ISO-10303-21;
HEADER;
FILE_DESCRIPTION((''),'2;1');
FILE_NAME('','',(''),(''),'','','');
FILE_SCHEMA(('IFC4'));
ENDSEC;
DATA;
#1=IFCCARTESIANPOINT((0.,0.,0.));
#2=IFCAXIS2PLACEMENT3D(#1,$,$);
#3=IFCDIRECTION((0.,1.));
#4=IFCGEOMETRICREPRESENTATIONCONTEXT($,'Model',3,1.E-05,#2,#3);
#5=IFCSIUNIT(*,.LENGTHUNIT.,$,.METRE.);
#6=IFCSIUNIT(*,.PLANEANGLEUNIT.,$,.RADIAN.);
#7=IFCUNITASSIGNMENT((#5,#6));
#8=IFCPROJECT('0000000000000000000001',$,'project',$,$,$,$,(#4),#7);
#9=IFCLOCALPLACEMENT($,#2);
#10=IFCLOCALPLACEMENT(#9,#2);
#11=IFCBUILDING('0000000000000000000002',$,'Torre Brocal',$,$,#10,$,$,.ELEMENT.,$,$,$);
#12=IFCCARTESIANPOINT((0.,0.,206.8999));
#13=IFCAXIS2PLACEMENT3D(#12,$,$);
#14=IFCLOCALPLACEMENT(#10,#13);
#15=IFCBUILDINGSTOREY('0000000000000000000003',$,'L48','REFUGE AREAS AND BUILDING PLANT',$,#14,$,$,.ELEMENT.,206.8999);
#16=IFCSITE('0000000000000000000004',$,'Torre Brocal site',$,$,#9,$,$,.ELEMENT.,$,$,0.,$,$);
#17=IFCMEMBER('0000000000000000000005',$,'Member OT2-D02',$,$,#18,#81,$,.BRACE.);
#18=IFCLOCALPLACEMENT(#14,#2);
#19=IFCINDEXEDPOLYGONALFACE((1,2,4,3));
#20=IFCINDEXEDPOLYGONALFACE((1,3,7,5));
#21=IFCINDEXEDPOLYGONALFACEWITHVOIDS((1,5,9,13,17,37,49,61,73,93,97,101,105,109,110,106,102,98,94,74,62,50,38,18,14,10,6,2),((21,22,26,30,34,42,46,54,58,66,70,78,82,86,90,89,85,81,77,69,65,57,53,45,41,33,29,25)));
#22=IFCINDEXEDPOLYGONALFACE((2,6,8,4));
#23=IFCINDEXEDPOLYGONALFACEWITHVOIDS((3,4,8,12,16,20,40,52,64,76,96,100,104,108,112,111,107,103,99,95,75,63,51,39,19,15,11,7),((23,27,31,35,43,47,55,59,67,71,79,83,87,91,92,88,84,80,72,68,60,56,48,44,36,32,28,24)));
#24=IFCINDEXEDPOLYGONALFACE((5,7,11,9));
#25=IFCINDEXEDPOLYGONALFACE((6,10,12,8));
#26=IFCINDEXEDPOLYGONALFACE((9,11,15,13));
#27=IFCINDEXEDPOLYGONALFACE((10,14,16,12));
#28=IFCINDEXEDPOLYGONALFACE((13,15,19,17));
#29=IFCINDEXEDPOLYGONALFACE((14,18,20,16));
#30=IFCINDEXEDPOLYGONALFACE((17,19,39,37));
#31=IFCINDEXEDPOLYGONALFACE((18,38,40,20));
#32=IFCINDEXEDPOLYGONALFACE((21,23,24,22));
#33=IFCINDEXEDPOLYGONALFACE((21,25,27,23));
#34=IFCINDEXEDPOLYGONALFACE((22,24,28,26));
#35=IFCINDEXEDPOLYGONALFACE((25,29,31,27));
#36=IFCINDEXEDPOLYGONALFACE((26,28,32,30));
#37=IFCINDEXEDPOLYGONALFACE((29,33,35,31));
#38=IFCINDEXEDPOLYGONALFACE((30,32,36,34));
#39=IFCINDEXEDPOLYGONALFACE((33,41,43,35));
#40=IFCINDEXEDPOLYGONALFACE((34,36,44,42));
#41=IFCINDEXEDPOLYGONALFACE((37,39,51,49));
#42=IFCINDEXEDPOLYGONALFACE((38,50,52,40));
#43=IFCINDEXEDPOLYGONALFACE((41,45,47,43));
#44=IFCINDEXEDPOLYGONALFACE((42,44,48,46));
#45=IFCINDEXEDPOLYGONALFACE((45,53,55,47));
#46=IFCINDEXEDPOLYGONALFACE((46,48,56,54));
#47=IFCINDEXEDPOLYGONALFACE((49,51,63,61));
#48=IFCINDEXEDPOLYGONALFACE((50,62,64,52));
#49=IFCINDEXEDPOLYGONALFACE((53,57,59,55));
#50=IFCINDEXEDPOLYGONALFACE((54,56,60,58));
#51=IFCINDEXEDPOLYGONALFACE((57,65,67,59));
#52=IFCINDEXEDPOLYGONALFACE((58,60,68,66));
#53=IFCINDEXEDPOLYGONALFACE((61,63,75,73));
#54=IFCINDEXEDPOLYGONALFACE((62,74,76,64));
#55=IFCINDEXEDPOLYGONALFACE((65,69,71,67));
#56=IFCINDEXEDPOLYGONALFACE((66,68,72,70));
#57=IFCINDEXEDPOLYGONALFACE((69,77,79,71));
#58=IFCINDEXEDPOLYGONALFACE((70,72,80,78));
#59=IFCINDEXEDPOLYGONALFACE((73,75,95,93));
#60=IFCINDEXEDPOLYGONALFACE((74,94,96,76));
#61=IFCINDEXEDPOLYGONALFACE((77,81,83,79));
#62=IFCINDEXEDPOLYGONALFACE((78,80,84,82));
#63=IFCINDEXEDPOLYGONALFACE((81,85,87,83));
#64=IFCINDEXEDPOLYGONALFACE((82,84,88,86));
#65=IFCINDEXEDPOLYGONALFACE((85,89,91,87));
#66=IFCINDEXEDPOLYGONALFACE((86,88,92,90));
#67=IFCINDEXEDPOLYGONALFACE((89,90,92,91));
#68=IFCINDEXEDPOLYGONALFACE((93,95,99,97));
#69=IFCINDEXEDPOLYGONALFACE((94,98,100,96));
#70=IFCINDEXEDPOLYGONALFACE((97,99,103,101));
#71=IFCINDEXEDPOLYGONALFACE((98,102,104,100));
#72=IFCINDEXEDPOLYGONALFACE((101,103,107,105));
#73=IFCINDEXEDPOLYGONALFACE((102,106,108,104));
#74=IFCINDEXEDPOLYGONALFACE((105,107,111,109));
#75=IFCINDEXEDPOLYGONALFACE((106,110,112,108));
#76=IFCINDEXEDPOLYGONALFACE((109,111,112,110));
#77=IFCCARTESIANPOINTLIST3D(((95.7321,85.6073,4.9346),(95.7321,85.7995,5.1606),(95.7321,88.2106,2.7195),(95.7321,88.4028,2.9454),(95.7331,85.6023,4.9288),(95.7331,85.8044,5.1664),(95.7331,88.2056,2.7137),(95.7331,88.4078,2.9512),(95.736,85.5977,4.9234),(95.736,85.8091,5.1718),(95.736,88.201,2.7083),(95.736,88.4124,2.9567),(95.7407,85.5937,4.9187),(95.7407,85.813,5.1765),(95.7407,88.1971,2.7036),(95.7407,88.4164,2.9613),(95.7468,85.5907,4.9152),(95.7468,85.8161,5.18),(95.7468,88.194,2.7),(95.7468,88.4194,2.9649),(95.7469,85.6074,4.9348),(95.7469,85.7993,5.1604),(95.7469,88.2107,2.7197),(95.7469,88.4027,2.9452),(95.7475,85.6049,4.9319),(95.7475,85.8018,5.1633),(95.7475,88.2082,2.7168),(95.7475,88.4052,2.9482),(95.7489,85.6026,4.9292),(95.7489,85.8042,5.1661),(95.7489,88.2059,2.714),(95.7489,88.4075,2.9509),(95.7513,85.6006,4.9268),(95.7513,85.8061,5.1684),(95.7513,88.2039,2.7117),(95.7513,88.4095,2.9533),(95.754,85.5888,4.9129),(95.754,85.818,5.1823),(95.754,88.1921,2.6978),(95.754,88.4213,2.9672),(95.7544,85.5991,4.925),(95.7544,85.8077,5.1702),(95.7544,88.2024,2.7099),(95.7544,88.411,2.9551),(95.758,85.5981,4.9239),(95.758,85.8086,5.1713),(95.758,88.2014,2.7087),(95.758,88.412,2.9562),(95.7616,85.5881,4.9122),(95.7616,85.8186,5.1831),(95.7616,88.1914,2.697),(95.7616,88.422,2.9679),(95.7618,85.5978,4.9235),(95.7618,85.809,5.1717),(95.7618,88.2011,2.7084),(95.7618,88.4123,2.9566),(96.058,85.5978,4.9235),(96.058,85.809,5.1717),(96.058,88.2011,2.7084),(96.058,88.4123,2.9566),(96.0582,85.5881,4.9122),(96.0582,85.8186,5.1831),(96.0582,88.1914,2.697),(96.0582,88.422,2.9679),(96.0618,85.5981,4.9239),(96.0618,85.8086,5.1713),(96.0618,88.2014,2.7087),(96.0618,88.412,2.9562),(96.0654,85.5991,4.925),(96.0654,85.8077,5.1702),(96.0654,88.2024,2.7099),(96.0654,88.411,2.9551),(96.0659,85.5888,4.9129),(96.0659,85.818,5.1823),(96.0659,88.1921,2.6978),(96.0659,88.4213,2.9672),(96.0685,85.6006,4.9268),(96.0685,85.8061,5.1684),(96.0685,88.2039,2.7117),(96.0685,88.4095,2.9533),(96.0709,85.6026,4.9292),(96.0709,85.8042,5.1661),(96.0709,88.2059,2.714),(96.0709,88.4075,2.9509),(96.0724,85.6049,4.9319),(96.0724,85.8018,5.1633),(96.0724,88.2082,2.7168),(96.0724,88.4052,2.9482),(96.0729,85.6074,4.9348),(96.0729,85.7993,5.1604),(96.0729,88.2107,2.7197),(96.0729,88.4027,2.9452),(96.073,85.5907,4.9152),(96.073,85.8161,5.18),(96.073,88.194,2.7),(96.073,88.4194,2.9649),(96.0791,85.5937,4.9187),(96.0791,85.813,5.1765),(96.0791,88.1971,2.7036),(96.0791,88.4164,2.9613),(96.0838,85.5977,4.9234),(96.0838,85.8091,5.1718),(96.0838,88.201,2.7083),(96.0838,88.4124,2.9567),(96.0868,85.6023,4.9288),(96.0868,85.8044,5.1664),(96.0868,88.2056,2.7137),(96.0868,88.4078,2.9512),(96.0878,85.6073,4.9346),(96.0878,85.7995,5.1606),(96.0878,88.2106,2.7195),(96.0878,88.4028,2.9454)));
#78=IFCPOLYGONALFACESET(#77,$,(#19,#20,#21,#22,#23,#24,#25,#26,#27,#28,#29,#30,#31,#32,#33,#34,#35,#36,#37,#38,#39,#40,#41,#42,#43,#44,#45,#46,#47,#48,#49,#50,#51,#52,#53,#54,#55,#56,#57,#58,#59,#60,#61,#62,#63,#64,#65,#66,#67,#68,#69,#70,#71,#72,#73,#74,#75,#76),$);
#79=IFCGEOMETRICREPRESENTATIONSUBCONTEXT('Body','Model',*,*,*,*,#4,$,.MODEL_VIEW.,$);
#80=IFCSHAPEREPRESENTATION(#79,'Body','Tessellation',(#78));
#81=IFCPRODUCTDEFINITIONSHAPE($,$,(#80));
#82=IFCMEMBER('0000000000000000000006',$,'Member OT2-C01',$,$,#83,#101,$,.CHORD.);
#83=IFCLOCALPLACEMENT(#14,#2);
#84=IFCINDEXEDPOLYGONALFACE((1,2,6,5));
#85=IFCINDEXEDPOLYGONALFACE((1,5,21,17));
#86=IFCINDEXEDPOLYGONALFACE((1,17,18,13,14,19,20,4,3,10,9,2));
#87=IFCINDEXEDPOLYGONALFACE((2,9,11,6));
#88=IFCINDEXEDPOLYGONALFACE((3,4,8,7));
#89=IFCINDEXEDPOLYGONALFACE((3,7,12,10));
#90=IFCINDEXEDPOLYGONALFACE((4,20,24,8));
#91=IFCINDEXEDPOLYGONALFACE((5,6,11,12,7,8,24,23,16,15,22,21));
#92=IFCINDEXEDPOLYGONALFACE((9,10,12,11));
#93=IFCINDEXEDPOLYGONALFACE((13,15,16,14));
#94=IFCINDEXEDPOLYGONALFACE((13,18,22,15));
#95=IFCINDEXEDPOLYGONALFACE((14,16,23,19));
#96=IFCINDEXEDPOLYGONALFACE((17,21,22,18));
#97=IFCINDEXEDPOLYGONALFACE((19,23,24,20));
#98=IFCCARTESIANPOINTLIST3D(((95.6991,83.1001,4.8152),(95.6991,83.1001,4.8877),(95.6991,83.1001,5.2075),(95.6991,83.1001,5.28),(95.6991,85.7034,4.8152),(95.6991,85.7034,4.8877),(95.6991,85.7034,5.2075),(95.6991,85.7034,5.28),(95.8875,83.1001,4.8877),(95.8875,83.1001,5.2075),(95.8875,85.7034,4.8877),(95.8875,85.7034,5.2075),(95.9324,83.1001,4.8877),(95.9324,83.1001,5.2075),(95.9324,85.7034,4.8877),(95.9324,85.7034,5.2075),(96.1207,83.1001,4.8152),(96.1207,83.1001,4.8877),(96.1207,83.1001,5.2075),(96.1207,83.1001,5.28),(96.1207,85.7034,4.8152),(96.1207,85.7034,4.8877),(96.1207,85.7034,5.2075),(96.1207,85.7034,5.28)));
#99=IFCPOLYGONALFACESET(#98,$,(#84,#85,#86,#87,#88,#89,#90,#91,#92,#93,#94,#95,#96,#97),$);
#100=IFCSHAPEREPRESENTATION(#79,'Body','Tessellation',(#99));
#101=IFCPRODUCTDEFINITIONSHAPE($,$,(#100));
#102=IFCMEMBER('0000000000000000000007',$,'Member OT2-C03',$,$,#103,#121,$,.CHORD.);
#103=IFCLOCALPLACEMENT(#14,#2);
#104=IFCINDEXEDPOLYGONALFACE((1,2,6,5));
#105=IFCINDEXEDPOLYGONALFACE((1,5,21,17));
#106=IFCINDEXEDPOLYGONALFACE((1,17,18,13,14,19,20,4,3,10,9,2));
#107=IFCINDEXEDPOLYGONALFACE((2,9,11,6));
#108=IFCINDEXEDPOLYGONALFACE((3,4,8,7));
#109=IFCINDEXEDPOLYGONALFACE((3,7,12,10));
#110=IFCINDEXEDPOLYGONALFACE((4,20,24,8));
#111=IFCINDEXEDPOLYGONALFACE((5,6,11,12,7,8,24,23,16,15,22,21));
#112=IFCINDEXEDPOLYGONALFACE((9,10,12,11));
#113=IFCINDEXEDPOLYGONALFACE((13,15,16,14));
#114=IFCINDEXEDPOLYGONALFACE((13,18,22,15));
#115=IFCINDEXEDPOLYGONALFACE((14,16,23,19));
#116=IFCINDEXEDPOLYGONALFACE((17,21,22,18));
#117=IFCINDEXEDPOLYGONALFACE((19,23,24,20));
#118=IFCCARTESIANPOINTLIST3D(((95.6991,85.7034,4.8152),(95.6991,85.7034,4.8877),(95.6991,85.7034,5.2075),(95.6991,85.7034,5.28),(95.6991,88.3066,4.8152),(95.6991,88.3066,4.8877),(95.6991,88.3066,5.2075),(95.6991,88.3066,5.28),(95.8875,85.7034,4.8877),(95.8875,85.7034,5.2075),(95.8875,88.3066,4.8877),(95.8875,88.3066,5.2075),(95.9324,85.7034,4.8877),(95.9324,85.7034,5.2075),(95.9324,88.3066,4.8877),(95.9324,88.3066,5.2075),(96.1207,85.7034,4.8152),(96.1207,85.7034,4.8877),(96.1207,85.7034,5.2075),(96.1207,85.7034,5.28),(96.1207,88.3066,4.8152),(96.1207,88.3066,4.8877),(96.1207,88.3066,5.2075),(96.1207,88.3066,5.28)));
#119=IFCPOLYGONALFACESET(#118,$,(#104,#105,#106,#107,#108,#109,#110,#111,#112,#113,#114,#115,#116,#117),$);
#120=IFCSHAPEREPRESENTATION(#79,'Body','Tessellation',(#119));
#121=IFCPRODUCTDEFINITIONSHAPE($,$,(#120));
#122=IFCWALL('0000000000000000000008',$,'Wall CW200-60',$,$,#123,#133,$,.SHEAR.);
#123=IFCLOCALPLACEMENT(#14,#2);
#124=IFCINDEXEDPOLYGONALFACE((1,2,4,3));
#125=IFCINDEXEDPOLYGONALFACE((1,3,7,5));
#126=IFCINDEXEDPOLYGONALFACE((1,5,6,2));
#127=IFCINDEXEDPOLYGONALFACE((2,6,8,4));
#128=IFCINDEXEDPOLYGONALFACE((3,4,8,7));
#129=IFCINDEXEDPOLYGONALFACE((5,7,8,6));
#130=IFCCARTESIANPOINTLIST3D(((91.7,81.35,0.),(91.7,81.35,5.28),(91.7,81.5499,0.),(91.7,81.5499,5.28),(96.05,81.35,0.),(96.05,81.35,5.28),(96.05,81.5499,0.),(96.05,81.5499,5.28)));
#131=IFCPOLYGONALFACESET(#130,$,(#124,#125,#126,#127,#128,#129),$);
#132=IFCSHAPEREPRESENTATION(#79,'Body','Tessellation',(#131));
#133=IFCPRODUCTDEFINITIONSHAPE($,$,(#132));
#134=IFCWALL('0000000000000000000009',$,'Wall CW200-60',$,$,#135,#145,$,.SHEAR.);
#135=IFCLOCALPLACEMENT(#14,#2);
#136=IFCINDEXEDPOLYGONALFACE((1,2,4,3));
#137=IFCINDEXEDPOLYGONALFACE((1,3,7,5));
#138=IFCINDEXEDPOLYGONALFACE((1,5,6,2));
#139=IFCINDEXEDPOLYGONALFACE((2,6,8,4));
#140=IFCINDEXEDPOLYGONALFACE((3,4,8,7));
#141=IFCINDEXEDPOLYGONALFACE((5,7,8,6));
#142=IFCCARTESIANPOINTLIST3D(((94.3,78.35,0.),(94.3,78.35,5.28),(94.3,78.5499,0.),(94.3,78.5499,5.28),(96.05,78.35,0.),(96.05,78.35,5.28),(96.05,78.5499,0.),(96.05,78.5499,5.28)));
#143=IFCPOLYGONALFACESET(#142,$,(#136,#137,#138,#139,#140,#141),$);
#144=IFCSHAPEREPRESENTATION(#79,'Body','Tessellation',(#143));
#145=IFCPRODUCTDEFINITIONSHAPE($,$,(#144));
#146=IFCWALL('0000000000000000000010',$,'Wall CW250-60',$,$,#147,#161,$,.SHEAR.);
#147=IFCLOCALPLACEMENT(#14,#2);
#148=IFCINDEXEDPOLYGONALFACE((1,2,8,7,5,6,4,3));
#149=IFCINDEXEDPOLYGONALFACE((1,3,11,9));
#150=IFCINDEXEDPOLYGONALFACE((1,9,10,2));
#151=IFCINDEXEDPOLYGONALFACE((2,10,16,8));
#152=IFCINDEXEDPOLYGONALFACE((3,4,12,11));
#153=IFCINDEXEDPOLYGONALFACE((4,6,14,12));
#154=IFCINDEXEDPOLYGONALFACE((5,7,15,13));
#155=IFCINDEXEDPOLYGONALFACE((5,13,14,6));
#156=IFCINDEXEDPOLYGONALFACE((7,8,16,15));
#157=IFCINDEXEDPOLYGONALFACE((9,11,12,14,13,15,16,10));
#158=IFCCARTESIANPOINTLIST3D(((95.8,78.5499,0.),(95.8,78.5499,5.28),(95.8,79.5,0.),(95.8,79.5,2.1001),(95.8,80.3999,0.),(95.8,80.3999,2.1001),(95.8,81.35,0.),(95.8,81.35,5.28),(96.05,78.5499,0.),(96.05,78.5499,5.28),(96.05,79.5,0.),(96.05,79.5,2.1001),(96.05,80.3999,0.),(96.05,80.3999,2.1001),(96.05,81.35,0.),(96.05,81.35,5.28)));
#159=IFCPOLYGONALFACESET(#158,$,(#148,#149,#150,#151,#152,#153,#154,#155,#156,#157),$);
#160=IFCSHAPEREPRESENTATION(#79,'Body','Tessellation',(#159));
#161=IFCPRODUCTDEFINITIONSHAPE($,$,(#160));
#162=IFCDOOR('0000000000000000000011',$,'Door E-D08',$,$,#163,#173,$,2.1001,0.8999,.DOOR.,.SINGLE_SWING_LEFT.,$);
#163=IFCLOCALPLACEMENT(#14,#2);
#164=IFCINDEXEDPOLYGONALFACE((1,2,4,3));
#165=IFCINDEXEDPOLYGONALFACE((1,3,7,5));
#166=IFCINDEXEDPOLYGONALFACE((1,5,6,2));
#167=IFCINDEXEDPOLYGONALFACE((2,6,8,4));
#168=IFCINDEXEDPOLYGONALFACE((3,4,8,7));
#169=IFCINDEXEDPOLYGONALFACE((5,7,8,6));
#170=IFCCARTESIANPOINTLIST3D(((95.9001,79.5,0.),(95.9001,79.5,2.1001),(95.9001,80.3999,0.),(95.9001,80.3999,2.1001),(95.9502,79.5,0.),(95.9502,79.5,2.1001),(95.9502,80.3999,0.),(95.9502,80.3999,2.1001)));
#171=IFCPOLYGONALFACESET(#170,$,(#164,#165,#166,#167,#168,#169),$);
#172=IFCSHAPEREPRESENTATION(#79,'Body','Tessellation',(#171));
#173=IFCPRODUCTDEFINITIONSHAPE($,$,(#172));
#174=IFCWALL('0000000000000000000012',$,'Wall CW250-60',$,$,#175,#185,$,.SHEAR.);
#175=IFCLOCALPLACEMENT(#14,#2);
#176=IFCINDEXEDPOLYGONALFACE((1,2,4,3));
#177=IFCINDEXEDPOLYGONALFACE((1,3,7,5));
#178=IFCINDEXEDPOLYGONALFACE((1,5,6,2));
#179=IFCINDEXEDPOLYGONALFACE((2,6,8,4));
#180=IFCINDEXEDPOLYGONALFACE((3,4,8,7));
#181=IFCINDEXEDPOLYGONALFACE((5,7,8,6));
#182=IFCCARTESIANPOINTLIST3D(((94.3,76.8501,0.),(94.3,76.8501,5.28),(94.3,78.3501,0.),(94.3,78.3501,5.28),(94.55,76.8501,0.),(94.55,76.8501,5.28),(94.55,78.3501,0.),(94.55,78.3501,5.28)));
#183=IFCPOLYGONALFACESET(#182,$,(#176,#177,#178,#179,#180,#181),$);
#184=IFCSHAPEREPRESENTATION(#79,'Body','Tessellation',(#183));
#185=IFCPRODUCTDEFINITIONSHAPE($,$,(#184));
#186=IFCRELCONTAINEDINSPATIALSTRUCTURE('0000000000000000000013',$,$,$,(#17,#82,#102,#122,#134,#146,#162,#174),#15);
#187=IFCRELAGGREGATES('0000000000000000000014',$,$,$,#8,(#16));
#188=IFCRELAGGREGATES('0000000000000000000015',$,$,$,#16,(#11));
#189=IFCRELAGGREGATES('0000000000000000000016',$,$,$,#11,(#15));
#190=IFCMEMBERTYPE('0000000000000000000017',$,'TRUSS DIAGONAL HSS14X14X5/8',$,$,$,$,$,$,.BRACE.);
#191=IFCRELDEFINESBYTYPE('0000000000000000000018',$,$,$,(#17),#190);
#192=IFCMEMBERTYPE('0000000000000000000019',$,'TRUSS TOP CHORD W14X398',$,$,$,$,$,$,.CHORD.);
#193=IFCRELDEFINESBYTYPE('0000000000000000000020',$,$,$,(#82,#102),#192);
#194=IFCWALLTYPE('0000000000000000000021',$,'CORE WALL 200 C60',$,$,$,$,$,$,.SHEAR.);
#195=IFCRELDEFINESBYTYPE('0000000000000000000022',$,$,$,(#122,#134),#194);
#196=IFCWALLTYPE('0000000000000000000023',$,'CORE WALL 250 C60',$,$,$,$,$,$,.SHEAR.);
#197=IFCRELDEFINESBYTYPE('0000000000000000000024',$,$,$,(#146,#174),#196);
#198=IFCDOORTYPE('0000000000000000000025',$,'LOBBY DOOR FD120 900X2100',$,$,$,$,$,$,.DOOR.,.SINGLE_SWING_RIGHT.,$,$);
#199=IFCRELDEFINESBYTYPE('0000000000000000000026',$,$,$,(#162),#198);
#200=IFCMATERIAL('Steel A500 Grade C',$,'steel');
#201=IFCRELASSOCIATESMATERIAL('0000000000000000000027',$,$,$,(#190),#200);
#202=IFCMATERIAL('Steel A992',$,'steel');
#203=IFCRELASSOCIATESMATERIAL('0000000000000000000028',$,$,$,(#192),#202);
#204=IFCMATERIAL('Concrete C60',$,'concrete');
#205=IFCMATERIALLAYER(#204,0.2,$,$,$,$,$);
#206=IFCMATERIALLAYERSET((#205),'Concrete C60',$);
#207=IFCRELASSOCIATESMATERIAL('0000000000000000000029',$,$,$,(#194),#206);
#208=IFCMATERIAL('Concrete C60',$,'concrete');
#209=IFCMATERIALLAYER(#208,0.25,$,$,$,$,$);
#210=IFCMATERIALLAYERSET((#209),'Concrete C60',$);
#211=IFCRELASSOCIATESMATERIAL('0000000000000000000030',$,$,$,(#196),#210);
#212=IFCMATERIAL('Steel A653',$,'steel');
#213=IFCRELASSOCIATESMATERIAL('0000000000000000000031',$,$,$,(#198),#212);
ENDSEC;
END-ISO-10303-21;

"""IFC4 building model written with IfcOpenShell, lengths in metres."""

from ifc_helpers import new_model, si_unit, direction, frame, frame_2d, origin, origin_2d, place, context, subcontext, project, spatial, rectangle, hollow_rectangle, i_section, extrude, material, layer, layer_set, material_profile, profile_set, type_object, element, fill, save


model = new_model("IFC4")

# Units and contexts
model_context = context("Model", 3, precision=1e-05, world=origin(), true_north=direction((0.0, 1.0)))
body_context = subcontext(model_context, "Body", "Model", "MODEL_VIEW")
ifc_project = project(units=[si_unit("LENGTHUNIT", "METRE"), si_unit("PLANEANGLEUNIT", "RADIAN")], contexts=[model_context])

# Site, building, storey
site_placement = place(None, origin())
site = spatial("IfcSite", under=ifc_project, at=site_placement, Name="Torre Brocal site", CompositionType="ELEMENT", RefElevation=0.0)
building_placement = place(site_placement, origin())
building = spatial("IfcBuilding", under=site, at=building_placement, Name="Torre Brocal", CompositionType="ELEMENT")
storey_placement = place(building_placement, frame((0.0, 0.0, 206.8999)))
storey = spatial("IfcBuildingStorey", under=building, at=storey_placement, Name="L48", Description="REFUGE AREAS AND BUILDING PLANT", CompositionType="ELEMENT", Elevation=206.8999)

# Members
ifc_material_1 = material(Name="Steel A500 Grade C", Category="steel")
ifc_material_profile_1 = material_profile(ifc_material_1, hollow_rectangle(XDim=0.3557, YDim=0.3557, WallThickness=0.0149, InnerFilletRadius=0.0149, OuterFilletRadius=0.0295, at=origin_2d()), Name="HSS14X14X5/8")
ifc_profile_set_1 = profile_set([ifc_material_profile_1], Name="Steel A500 Grade C")
member_type_1 = type_object("IfcMemberType", Name="TRUSS DIAGONAL HSS14X14X5/8", PredefinedType="BRACE", material=ifc_profile_set_1)
for number, where, z_axis, x_axis, name in (
    (1, (95.9099, 85.7034, 5.0476), (0.0, 0.761606, -0.64804), (-1.0, 0.0, 0.0), "Member OT2-D02"),
):
    element("IfcMember", number, at=place(storey_placement, frame(where, z_axis=z_axis, x_axis=x_axis)), inside=storey, type_object=member_type_1, Name=name, PredefinedType="BRACE", context=body_context, shape_type="SweptSolid", body=[
        extrude(hollow_rectangle(XDim=0.3557, YDim=0.3557, WallThickness=0.0149, InnerFilletRadius=0.0149, OuterFilletRadius=0.0295, at=origin_2d()), origin(), (0.0, 0.0, 1.0), 3.4182),
    ])
ifc_material_2 = material(Name="Steel A992", Category="steel")
ifc_material_profile_2 = material_profile(ifc_material_2, i_section(OverallWidth=0.4216, OverallDepth=0.4648, WebThickness=0.0449, FlangeThickness=0.0725, at=origin_2d()), Name="W14X398")
ifc_profile_set_2 = profile_set([ifc_material_profile_2], Name="Steel A992")
member_type_2 = type_object("IfcMemberType", Name="TRUSS TOP CHORD W14X398", PredefinedType="CHORD", material=ifc_profile_set_2)
for number, where, z_axis, x_axis, name in (
    (2, (95.9099, 83.1001, 5.0476), (0.0, 1.0, 0.0), (-1.0, 0.0, 0.0), "Member OT2-C01"),
    (3, (95.9099, 85.7034, 5.0476), (0.0, 1.0, 0.0), (-1.0, 0.0, 0.0), "Member OT2-C03"),
):
    element("IfcMember", number, at=place(storey_placement, frame(where, z_axis=z_axis, x_axis=x_axis)), inside=storey, type_object=member_type_2, Name=name, PredefinedType="CHORD", context=body_context, shape_type="SweptSolid", body=[
        extrude(i_section(OverallWidth=0.4216, OverallDepth=0.4648, WebThickness=0.0449, FlangeThickness=0.0725, at=origin_2d()), origin(), (0.0, 0.0, 1.0), 2.6033),
    ])

# Walls
ifc_material_3 = material(Name="Concrete C60", Category="concrete")
ifc_layer_1 = layer(ifc_material_3, 0.2)
ifc_layer_set_1 = layer_set([ifc_layer_1], Name="Concrete C60")
wall_type_1 = type_object("IfcWallType", Name="CORE WALL 200 C60", PredefinedType="SHEAR", material=ifc_layer_set_1)
wall_1_placement = place(storey_placement, frame((91.7, 81.45, 0.0), z_axis=(0.0, 0.0, 1.0), x_axis=(1.0, 0.0, 0.0)))
element("IfcWall", 4, at=wall_1_placement, inside=storey, type_object=wall_type_1, Name="Wall CW200-60", PredefinedType="SHEAR", context=body_context, shape_type="SweptSolid", body=[
    extrude(rectangle(XDim=4.3501, YDim=0.2, at=frame_2d((2.175, 0.0))), origin(), (0.0, 0.0, 1.0), 5.28),
])
wall_2_placement = place(storey_placement, frame((94.3, 78.45, 0.0), z_axis=(0.0, 0.0, 1.0), x_axis=(1.0, 0.0, 0.0)))
element("IfcWall", 5, at=wall_2_placement, inside=storey, type_object=wall_type_1, Name="Wall CW200-60", PredefinedType="SHEAR", context=body_context, shape_type="SweptSolid", body=[
    extrude(rectangle(XDim=1.75, YDim=0.2, at=frame_2d((0.875, 0.0))), origin(), (0.0, 0.0, 1.0), 5.28),
])

# Wall, opening, door
ifc_material_4 = material(Name="Concrete C60", Category="concrete")
ifc_layer_2 = layer(ifc_material_4, 0.25)
ifc_layer_set_2 = layer_set([ifc_layer_2], Name="Concrete C60")
wall_type_2 = type_object("IfcWallType", Name="CORE WALL 250 C60", PredefinedType="SHEAR", material=ifc_layer_set_2)
wall_3_placement = place(storey_placement, frame((95.925, 78.55, 0.0), z_axis=(0.0, 0.0, 1.0), x_axis=(0.0, 1.0, 0.0)))
wall_3 = element("IfcWall", 6, at=wall_3_placement, inside=storey, type_object=wall_type_2, Name="Wall CW250-60", PredefinedType="SHEAR", context=body_context, shape_type="SweptSolid", body=[
    extrude(rectangle(XDim=2.8, YDim=0.25, at=frame_2d((1.3999, 0.0))), origin(), (0.0, 0.0, 1.0), 5.28),
])
opening_1_placement = place(wall_3_placement, frame((0.95, 0.0, 0.0)))
opening_1 = element("IfcOpeningElement", 7, at=opening_1_placement, cuts=wall_3, PredefinedType="OPENING", context=body_context, shape_type="SweptSolid", body=[
    extrude(rectangle(XDim=0.8999, YDim=2.1001, at=frame_2d((0.45, 1.05))), frame((0.0, 0.135, 0.0), z_axis=(0.0, -1.0, 0.0), x_axis=(1.0, 0.0, 0.0)), (0.0, 0.0, 1.0), 0.27),
])
ifc_material_5 = material(Name="Steel A653", Category="steel")
door_type_1 = type_object("IfcDoorType", Name="LOBBY DOOR FD120 900X2100", OperationType="SINGLE_SWING_RIGHT", PredefinedType="DOOR", material=ifc_material_5)
door_1_placement = place(opening_1_placement, origin())
door_1 = element("IfcDoor", 8, at=door_1_placement, inside=storey, type_object=door_type_1, Name="Door E-D08", OperationType="SINGLE_SWING_LEFT", OverallHeight=2.1001, OverallWidth=0.8999, PredefinedType="DOOR", context=body_context, shape_type="SweptSolid", body=[
    extrude(rectangle(XDim=0.8999, YDim=2.1001, at=frame_2d((0.45, 1.05))), frame((0.0, 0.0249, 0.0), z_axis=(0.0, -1.0, 0.0), x_axis=(1.0, 0.0, 0.0)), (0.0, 0.0, 1.0), 0.05),
])
fill(opening_1, door_1)

# Wall
wall_4_placement = place(storey_placement, frame((94.425, 76.8501, 0.0), z_axis=(0.0, 0.0, 1.0), x_axis=(0.0, 1.0, 0.0)))
element("IfcWall", 9, at=wall_4_placement, inside=storey, type_object=wall_type_2, Name="Wall CW250-60", PredefinedType="SHEAR", context=body_context, shape_type="SweptSolid", body=[
    extrude(rectangle(XDim=1.5, YDim=0.25, at=frame_2d((0.75, 0.0))), origin(), (0.0, 0.0, 1.0), 5.28),
])

save(model, "model.ifc")
